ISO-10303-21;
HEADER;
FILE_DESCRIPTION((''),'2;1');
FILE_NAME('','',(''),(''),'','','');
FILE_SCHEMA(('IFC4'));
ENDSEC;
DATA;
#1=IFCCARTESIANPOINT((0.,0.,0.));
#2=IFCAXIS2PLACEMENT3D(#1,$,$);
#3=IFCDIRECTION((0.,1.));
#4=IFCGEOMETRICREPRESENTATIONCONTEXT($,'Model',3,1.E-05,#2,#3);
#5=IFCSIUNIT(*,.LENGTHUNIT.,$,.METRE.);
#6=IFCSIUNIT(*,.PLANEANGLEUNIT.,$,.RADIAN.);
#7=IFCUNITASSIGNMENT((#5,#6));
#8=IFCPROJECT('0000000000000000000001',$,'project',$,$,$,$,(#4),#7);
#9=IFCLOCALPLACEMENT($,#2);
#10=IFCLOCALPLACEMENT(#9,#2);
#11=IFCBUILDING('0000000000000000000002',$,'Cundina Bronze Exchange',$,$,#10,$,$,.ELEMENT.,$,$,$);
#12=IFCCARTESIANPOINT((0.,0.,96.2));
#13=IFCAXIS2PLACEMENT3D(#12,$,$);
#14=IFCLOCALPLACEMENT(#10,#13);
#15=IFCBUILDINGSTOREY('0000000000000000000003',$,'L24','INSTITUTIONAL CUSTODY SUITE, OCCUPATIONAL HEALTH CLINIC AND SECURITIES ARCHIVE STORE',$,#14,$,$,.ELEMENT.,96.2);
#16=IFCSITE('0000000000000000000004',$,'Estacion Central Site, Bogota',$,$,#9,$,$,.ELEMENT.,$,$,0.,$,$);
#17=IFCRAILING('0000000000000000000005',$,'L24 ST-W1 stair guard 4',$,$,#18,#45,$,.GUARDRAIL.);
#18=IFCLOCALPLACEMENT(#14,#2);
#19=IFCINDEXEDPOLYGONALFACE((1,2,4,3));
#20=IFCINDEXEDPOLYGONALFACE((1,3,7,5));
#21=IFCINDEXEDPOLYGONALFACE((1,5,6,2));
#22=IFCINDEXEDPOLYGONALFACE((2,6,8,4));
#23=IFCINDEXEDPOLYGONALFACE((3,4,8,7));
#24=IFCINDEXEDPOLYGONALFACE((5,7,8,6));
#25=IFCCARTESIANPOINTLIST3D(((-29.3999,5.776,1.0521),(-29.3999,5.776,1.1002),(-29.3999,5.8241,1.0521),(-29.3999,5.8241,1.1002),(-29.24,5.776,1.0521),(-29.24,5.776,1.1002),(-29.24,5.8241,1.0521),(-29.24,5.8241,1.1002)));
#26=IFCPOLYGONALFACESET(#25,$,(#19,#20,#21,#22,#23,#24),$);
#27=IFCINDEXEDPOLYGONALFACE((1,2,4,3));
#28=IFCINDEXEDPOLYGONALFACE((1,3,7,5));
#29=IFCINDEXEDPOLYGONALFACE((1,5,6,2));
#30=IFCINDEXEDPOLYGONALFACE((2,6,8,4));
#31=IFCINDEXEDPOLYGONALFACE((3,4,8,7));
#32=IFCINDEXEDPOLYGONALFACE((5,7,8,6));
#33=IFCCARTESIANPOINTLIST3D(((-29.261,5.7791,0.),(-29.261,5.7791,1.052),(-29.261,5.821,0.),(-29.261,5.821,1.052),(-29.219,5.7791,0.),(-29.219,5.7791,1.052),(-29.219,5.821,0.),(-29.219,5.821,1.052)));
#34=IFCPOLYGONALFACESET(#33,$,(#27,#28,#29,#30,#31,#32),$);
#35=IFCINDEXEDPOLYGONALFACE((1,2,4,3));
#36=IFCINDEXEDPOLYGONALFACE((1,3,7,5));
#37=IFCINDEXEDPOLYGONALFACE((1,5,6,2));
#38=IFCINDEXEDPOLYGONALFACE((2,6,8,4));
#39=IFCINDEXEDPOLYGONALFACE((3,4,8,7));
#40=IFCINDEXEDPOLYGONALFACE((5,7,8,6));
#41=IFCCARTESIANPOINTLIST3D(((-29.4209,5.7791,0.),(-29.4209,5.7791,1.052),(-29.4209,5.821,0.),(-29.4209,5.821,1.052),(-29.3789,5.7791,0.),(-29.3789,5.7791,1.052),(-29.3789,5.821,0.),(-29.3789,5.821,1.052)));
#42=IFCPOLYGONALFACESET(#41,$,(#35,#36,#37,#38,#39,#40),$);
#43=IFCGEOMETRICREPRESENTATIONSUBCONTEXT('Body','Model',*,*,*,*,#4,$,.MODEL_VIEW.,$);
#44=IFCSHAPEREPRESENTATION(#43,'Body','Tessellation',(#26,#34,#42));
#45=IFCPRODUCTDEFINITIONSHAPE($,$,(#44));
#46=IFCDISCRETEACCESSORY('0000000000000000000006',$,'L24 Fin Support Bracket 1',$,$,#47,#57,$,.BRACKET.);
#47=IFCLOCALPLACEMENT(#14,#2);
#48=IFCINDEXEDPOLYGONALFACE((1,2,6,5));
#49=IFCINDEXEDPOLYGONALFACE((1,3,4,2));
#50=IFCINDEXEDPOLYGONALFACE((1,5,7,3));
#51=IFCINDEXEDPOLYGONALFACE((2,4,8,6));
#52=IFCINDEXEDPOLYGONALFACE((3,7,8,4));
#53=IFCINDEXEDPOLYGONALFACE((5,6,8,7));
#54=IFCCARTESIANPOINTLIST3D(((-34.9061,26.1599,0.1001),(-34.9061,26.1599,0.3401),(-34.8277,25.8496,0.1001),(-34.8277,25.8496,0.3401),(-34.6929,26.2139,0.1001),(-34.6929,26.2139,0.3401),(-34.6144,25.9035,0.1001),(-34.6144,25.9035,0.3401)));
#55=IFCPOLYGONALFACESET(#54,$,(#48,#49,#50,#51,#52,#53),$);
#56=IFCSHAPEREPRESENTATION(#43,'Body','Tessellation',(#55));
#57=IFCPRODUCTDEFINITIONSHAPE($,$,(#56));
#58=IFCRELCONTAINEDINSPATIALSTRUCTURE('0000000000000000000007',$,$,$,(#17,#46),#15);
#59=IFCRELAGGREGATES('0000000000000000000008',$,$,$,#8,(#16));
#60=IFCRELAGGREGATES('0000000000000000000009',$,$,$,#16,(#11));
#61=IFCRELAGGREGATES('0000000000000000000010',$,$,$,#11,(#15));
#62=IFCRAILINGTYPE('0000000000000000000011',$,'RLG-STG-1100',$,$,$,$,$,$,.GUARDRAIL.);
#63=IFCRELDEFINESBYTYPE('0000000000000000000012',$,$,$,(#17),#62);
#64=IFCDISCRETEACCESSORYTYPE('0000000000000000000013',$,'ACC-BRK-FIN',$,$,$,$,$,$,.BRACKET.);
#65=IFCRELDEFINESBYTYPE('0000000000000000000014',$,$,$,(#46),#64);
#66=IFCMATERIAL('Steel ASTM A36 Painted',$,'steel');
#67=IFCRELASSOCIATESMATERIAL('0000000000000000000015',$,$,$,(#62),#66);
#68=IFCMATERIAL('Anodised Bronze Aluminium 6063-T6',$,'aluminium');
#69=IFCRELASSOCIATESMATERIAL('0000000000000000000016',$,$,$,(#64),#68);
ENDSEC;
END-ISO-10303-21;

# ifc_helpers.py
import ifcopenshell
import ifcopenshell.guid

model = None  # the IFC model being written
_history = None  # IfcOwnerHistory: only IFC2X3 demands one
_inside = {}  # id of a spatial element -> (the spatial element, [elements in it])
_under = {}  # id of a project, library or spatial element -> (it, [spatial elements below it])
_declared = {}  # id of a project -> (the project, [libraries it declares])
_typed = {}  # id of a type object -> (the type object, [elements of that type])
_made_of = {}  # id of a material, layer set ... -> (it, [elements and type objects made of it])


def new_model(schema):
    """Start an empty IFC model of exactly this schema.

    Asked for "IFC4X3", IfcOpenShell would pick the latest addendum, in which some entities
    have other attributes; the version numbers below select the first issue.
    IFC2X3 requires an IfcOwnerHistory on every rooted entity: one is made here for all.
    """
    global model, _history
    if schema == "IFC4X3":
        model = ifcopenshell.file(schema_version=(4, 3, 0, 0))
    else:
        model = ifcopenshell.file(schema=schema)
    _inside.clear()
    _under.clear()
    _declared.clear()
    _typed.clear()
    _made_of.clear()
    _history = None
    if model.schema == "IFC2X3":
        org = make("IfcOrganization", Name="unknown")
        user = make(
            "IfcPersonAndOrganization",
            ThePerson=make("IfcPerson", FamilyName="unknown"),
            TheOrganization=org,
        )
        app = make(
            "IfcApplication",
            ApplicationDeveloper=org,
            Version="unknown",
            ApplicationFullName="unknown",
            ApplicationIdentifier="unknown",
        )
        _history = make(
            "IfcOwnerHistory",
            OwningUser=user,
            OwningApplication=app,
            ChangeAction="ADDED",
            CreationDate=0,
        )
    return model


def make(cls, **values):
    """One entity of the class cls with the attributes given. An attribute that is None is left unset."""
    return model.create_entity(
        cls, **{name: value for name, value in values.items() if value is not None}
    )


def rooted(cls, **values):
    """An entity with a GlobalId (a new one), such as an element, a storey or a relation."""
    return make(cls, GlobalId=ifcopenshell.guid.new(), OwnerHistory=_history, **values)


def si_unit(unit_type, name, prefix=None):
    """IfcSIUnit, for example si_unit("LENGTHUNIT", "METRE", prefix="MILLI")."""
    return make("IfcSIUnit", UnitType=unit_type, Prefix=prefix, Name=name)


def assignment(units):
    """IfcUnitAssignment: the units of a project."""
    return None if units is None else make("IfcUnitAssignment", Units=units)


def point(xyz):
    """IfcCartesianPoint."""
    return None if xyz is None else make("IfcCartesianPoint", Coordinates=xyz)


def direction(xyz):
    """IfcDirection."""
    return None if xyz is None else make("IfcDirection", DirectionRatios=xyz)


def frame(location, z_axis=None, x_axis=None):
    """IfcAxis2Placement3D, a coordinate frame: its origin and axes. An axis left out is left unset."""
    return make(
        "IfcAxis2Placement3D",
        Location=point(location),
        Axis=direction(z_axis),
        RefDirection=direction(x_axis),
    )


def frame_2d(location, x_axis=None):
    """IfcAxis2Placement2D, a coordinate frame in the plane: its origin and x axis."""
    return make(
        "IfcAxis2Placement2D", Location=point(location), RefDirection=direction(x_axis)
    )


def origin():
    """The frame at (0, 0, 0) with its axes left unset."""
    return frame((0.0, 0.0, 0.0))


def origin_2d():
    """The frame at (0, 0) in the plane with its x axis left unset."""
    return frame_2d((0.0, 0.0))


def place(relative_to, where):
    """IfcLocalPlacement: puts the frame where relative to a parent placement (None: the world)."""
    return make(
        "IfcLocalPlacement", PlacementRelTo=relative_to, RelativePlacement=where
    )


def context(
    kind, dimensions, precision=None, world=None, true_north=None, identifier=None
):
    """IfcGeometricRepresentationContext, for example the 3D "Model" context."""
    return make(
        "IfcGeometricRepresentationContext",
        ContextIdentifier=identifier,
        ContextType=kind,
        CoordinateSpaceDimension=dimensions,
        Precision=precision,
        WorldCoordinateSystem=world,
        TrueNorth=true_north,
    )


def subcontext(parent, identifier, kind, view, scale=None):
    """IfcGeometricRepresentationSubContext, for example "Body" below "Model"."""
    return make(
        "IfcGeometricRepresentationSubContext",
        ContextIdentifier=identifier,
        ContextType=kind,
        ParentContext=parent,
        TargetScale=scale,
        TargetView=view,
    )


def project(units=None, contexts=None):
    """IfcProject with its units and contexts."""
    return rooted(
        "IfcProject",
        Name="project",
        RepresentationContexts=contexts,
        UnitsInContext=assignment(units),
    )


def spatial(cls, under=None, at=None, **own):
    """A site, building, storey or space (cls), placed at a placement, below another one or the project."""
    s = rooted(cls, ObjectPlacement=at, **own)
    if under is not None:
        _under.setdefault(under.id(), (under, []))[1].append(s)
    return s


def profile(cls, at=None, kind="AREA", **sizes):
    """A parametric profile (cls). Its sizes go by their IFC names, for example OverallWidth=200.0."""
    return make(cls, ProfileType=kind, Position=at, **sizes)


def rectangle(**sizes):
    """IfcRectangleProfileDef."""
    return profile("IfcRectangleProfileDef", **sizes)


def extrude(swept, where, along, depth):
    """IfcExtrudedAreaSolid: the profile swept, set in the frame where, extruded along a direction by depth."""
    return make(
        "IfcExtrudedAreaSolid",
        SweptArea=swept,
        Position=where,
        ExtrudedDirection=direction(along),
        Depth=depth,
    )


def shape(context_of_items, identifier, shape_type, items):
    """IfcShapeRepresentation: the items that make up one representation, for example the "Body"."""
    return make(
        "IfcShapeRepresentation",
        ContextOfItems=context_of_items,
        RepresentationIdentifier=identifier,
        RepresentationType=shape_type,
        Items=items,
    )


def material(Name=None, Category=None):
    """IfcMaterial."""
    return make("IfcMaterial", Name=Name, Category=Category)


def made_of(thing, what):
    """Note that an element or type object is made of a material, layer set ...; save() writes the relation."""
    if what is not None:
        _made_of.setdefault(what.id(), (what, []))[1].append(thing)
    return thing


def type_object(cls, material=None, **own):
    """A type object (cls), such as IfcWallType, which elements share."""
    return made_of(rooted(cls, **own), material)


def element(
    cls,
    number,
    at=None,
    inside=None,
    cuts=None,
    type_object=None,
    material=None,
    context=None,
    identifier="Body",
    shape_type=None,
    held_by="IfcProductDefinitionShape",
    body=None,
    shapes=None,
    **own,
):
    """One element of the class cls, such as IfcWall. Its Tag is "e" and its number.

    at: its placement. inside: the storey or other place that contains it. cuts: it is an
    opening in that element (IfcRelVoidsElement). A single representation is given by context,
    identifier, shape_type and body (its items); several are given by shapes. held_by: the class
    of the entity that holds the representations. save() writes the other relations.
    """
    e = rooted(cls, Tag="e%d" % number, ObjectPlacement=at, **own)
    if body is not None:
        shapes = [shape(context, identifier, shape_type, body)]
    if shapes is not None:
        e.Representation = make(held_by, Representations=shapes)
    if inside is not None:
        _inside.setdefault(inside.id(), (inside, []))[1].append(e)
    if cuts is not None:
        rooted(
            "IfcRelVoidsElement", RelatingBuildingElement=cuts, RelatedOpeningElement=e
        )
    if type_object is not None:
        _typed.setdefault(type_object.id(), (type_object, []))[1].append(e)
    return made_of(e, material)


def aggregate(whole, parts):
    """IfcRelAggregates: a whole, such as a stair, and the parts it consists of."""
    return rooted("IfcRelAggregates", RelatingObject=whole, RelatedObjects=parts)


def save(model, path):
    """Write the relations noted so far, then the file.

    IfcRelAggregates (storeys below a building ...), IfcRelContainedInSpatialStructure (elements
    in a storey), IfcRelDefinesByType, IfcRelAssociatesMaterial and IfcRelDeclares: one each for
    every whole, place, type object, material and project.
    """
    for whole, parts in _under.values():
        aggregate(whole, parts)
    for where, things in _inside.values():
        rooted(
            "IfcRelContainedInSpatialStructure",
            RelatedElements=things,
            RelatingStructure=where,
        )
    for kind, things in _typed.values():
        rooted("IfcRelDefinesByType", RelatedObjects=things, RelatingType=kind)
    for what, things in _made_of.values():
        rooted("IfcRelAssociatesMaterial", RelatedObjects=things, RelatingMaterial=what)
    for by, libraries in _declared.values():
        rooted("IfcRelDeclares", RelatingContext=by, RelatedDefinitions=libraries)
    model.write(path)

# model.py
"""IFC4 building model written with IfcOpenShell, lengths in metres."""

from ifc_helpers import new_model, si_unit, direction, frame, origin, origin_2d, place, context, subcontext, project, spatial, rectangle, extrude, material, type_object, element, save


model = new_model("IFC4")

# Units and contexts
model_context = context("Model", 3, precision=1e-05, world=origin(), true_north=direction((0.0, 1.0)))
body_context = subcontext(model_context, "Body", "Model", "MODEL_VIEW")
ifc_project = project(units=[si_unit("LENGTHUNIT", "METRE"), si_unit("PLANEANGLEUNIT", "RADIAN")], contexts=[model_context])

# Site, building, storey
site_placement = place(None, origin())
site = spatial("IfcSite", under=ifc_project, at=site_placement, Name="Estacion Central Site, Bogota", CompositionType="ELEMENT", RefElevation=0.0)
building_placement = place(site_placement, origin())
building = spatial("IfcBuilding", under=site, at=building_placement, Name="Cundina Bronze Exchange", CompositionType="ELEMENT")
storey_placement = place(building_placement, frame((0.0, 0.0, 96.2)))
storey = spatial("IfcBuildingStorey", under=building, at=storey_placement, Name="L24", Description="INSTITUTIONAL CUSTODY SUITE, OCCUPATIONAL HEALTH CLINIC AND SECURITIES ARCHIVE STORE", CompositionType="ELEMENT", Elevation=96.2)

# Shared definitions
ifc_material_1 = material(Name="Anodised Bronze Aluminium 6063-T6", Category="aluminium")

# Shared definitions
ifc_material_2 = material(Name="Steel ASTM A36 Painted", Category="steel")

# Railing
railing_type_1 = type_object("IfcRailingType", Name="RLG-STG-1100", PredefinedType="GUARDRAIL", material=ifc_material_2)
railing_1_placement = place(storey_placement, frame((-29.24, 5.8, 0.0)))
element("IfcRailing", 1, at=railing_1_placement, inside=storey, type_object=railing_type_1, Name="L24 ST-W1 stair guard 4", PredefinedType="GUARDRAIL", context=body_context, shape_type="SweptSolid", body=[
    extrude(rectangle(XDim=0.0481, YDim=0.0481, at=origin_2d()), frame((0.0, 0.0, 1.0762), z_axis=(-1.0, 0.0, 0.0), x_axis=(0.0, -1.0, 0.0)), (0.0, 0.0, 1.0), 0.1599),
    extrude(rectangle(XDim=0.042, YDim=0.042, at=origin_2d()), origin(), (0.0, 0.0, 1.0), 1.052),
    extrude(rectangle(XDim=0.042, YDim=0.042, at=origin_2d()), frame((-0.1599, 0.0, 0.0)), (0.0, 0.0, 1.0), 1.052),
])

# Discrete accessory
discrete_accessory_type = type_object("IfcDiscreteAccessoryType", Name="ACC-BRK-FIN", PredefinedType="BRACKET", material=ifc_material_1)
discrete_accessory_placement = place(storey_placement, frame((-34.7603, 26.0317, 0.1001), z_axis=(0.0, 0.0, 1.0), x_axis=(-0.969488, -0.245138, 0.0)))
element("IfcDiscreteAccessory", 2, at=discrete_accessory_placement, inside=storey, type_object=discrete_accessory_type, Name="L24 Fin Support Bracket 1", PredefinedType="BRACKET", context=body_context, shape_type="SweptSolid", body=[
    extrude(rectangle(XDim=0.22, YDim=0.3201, at=origin_2d()), origin(), (0.0, 0.0, 1.0), 0.24),
])

save(model, "model.ifc")
